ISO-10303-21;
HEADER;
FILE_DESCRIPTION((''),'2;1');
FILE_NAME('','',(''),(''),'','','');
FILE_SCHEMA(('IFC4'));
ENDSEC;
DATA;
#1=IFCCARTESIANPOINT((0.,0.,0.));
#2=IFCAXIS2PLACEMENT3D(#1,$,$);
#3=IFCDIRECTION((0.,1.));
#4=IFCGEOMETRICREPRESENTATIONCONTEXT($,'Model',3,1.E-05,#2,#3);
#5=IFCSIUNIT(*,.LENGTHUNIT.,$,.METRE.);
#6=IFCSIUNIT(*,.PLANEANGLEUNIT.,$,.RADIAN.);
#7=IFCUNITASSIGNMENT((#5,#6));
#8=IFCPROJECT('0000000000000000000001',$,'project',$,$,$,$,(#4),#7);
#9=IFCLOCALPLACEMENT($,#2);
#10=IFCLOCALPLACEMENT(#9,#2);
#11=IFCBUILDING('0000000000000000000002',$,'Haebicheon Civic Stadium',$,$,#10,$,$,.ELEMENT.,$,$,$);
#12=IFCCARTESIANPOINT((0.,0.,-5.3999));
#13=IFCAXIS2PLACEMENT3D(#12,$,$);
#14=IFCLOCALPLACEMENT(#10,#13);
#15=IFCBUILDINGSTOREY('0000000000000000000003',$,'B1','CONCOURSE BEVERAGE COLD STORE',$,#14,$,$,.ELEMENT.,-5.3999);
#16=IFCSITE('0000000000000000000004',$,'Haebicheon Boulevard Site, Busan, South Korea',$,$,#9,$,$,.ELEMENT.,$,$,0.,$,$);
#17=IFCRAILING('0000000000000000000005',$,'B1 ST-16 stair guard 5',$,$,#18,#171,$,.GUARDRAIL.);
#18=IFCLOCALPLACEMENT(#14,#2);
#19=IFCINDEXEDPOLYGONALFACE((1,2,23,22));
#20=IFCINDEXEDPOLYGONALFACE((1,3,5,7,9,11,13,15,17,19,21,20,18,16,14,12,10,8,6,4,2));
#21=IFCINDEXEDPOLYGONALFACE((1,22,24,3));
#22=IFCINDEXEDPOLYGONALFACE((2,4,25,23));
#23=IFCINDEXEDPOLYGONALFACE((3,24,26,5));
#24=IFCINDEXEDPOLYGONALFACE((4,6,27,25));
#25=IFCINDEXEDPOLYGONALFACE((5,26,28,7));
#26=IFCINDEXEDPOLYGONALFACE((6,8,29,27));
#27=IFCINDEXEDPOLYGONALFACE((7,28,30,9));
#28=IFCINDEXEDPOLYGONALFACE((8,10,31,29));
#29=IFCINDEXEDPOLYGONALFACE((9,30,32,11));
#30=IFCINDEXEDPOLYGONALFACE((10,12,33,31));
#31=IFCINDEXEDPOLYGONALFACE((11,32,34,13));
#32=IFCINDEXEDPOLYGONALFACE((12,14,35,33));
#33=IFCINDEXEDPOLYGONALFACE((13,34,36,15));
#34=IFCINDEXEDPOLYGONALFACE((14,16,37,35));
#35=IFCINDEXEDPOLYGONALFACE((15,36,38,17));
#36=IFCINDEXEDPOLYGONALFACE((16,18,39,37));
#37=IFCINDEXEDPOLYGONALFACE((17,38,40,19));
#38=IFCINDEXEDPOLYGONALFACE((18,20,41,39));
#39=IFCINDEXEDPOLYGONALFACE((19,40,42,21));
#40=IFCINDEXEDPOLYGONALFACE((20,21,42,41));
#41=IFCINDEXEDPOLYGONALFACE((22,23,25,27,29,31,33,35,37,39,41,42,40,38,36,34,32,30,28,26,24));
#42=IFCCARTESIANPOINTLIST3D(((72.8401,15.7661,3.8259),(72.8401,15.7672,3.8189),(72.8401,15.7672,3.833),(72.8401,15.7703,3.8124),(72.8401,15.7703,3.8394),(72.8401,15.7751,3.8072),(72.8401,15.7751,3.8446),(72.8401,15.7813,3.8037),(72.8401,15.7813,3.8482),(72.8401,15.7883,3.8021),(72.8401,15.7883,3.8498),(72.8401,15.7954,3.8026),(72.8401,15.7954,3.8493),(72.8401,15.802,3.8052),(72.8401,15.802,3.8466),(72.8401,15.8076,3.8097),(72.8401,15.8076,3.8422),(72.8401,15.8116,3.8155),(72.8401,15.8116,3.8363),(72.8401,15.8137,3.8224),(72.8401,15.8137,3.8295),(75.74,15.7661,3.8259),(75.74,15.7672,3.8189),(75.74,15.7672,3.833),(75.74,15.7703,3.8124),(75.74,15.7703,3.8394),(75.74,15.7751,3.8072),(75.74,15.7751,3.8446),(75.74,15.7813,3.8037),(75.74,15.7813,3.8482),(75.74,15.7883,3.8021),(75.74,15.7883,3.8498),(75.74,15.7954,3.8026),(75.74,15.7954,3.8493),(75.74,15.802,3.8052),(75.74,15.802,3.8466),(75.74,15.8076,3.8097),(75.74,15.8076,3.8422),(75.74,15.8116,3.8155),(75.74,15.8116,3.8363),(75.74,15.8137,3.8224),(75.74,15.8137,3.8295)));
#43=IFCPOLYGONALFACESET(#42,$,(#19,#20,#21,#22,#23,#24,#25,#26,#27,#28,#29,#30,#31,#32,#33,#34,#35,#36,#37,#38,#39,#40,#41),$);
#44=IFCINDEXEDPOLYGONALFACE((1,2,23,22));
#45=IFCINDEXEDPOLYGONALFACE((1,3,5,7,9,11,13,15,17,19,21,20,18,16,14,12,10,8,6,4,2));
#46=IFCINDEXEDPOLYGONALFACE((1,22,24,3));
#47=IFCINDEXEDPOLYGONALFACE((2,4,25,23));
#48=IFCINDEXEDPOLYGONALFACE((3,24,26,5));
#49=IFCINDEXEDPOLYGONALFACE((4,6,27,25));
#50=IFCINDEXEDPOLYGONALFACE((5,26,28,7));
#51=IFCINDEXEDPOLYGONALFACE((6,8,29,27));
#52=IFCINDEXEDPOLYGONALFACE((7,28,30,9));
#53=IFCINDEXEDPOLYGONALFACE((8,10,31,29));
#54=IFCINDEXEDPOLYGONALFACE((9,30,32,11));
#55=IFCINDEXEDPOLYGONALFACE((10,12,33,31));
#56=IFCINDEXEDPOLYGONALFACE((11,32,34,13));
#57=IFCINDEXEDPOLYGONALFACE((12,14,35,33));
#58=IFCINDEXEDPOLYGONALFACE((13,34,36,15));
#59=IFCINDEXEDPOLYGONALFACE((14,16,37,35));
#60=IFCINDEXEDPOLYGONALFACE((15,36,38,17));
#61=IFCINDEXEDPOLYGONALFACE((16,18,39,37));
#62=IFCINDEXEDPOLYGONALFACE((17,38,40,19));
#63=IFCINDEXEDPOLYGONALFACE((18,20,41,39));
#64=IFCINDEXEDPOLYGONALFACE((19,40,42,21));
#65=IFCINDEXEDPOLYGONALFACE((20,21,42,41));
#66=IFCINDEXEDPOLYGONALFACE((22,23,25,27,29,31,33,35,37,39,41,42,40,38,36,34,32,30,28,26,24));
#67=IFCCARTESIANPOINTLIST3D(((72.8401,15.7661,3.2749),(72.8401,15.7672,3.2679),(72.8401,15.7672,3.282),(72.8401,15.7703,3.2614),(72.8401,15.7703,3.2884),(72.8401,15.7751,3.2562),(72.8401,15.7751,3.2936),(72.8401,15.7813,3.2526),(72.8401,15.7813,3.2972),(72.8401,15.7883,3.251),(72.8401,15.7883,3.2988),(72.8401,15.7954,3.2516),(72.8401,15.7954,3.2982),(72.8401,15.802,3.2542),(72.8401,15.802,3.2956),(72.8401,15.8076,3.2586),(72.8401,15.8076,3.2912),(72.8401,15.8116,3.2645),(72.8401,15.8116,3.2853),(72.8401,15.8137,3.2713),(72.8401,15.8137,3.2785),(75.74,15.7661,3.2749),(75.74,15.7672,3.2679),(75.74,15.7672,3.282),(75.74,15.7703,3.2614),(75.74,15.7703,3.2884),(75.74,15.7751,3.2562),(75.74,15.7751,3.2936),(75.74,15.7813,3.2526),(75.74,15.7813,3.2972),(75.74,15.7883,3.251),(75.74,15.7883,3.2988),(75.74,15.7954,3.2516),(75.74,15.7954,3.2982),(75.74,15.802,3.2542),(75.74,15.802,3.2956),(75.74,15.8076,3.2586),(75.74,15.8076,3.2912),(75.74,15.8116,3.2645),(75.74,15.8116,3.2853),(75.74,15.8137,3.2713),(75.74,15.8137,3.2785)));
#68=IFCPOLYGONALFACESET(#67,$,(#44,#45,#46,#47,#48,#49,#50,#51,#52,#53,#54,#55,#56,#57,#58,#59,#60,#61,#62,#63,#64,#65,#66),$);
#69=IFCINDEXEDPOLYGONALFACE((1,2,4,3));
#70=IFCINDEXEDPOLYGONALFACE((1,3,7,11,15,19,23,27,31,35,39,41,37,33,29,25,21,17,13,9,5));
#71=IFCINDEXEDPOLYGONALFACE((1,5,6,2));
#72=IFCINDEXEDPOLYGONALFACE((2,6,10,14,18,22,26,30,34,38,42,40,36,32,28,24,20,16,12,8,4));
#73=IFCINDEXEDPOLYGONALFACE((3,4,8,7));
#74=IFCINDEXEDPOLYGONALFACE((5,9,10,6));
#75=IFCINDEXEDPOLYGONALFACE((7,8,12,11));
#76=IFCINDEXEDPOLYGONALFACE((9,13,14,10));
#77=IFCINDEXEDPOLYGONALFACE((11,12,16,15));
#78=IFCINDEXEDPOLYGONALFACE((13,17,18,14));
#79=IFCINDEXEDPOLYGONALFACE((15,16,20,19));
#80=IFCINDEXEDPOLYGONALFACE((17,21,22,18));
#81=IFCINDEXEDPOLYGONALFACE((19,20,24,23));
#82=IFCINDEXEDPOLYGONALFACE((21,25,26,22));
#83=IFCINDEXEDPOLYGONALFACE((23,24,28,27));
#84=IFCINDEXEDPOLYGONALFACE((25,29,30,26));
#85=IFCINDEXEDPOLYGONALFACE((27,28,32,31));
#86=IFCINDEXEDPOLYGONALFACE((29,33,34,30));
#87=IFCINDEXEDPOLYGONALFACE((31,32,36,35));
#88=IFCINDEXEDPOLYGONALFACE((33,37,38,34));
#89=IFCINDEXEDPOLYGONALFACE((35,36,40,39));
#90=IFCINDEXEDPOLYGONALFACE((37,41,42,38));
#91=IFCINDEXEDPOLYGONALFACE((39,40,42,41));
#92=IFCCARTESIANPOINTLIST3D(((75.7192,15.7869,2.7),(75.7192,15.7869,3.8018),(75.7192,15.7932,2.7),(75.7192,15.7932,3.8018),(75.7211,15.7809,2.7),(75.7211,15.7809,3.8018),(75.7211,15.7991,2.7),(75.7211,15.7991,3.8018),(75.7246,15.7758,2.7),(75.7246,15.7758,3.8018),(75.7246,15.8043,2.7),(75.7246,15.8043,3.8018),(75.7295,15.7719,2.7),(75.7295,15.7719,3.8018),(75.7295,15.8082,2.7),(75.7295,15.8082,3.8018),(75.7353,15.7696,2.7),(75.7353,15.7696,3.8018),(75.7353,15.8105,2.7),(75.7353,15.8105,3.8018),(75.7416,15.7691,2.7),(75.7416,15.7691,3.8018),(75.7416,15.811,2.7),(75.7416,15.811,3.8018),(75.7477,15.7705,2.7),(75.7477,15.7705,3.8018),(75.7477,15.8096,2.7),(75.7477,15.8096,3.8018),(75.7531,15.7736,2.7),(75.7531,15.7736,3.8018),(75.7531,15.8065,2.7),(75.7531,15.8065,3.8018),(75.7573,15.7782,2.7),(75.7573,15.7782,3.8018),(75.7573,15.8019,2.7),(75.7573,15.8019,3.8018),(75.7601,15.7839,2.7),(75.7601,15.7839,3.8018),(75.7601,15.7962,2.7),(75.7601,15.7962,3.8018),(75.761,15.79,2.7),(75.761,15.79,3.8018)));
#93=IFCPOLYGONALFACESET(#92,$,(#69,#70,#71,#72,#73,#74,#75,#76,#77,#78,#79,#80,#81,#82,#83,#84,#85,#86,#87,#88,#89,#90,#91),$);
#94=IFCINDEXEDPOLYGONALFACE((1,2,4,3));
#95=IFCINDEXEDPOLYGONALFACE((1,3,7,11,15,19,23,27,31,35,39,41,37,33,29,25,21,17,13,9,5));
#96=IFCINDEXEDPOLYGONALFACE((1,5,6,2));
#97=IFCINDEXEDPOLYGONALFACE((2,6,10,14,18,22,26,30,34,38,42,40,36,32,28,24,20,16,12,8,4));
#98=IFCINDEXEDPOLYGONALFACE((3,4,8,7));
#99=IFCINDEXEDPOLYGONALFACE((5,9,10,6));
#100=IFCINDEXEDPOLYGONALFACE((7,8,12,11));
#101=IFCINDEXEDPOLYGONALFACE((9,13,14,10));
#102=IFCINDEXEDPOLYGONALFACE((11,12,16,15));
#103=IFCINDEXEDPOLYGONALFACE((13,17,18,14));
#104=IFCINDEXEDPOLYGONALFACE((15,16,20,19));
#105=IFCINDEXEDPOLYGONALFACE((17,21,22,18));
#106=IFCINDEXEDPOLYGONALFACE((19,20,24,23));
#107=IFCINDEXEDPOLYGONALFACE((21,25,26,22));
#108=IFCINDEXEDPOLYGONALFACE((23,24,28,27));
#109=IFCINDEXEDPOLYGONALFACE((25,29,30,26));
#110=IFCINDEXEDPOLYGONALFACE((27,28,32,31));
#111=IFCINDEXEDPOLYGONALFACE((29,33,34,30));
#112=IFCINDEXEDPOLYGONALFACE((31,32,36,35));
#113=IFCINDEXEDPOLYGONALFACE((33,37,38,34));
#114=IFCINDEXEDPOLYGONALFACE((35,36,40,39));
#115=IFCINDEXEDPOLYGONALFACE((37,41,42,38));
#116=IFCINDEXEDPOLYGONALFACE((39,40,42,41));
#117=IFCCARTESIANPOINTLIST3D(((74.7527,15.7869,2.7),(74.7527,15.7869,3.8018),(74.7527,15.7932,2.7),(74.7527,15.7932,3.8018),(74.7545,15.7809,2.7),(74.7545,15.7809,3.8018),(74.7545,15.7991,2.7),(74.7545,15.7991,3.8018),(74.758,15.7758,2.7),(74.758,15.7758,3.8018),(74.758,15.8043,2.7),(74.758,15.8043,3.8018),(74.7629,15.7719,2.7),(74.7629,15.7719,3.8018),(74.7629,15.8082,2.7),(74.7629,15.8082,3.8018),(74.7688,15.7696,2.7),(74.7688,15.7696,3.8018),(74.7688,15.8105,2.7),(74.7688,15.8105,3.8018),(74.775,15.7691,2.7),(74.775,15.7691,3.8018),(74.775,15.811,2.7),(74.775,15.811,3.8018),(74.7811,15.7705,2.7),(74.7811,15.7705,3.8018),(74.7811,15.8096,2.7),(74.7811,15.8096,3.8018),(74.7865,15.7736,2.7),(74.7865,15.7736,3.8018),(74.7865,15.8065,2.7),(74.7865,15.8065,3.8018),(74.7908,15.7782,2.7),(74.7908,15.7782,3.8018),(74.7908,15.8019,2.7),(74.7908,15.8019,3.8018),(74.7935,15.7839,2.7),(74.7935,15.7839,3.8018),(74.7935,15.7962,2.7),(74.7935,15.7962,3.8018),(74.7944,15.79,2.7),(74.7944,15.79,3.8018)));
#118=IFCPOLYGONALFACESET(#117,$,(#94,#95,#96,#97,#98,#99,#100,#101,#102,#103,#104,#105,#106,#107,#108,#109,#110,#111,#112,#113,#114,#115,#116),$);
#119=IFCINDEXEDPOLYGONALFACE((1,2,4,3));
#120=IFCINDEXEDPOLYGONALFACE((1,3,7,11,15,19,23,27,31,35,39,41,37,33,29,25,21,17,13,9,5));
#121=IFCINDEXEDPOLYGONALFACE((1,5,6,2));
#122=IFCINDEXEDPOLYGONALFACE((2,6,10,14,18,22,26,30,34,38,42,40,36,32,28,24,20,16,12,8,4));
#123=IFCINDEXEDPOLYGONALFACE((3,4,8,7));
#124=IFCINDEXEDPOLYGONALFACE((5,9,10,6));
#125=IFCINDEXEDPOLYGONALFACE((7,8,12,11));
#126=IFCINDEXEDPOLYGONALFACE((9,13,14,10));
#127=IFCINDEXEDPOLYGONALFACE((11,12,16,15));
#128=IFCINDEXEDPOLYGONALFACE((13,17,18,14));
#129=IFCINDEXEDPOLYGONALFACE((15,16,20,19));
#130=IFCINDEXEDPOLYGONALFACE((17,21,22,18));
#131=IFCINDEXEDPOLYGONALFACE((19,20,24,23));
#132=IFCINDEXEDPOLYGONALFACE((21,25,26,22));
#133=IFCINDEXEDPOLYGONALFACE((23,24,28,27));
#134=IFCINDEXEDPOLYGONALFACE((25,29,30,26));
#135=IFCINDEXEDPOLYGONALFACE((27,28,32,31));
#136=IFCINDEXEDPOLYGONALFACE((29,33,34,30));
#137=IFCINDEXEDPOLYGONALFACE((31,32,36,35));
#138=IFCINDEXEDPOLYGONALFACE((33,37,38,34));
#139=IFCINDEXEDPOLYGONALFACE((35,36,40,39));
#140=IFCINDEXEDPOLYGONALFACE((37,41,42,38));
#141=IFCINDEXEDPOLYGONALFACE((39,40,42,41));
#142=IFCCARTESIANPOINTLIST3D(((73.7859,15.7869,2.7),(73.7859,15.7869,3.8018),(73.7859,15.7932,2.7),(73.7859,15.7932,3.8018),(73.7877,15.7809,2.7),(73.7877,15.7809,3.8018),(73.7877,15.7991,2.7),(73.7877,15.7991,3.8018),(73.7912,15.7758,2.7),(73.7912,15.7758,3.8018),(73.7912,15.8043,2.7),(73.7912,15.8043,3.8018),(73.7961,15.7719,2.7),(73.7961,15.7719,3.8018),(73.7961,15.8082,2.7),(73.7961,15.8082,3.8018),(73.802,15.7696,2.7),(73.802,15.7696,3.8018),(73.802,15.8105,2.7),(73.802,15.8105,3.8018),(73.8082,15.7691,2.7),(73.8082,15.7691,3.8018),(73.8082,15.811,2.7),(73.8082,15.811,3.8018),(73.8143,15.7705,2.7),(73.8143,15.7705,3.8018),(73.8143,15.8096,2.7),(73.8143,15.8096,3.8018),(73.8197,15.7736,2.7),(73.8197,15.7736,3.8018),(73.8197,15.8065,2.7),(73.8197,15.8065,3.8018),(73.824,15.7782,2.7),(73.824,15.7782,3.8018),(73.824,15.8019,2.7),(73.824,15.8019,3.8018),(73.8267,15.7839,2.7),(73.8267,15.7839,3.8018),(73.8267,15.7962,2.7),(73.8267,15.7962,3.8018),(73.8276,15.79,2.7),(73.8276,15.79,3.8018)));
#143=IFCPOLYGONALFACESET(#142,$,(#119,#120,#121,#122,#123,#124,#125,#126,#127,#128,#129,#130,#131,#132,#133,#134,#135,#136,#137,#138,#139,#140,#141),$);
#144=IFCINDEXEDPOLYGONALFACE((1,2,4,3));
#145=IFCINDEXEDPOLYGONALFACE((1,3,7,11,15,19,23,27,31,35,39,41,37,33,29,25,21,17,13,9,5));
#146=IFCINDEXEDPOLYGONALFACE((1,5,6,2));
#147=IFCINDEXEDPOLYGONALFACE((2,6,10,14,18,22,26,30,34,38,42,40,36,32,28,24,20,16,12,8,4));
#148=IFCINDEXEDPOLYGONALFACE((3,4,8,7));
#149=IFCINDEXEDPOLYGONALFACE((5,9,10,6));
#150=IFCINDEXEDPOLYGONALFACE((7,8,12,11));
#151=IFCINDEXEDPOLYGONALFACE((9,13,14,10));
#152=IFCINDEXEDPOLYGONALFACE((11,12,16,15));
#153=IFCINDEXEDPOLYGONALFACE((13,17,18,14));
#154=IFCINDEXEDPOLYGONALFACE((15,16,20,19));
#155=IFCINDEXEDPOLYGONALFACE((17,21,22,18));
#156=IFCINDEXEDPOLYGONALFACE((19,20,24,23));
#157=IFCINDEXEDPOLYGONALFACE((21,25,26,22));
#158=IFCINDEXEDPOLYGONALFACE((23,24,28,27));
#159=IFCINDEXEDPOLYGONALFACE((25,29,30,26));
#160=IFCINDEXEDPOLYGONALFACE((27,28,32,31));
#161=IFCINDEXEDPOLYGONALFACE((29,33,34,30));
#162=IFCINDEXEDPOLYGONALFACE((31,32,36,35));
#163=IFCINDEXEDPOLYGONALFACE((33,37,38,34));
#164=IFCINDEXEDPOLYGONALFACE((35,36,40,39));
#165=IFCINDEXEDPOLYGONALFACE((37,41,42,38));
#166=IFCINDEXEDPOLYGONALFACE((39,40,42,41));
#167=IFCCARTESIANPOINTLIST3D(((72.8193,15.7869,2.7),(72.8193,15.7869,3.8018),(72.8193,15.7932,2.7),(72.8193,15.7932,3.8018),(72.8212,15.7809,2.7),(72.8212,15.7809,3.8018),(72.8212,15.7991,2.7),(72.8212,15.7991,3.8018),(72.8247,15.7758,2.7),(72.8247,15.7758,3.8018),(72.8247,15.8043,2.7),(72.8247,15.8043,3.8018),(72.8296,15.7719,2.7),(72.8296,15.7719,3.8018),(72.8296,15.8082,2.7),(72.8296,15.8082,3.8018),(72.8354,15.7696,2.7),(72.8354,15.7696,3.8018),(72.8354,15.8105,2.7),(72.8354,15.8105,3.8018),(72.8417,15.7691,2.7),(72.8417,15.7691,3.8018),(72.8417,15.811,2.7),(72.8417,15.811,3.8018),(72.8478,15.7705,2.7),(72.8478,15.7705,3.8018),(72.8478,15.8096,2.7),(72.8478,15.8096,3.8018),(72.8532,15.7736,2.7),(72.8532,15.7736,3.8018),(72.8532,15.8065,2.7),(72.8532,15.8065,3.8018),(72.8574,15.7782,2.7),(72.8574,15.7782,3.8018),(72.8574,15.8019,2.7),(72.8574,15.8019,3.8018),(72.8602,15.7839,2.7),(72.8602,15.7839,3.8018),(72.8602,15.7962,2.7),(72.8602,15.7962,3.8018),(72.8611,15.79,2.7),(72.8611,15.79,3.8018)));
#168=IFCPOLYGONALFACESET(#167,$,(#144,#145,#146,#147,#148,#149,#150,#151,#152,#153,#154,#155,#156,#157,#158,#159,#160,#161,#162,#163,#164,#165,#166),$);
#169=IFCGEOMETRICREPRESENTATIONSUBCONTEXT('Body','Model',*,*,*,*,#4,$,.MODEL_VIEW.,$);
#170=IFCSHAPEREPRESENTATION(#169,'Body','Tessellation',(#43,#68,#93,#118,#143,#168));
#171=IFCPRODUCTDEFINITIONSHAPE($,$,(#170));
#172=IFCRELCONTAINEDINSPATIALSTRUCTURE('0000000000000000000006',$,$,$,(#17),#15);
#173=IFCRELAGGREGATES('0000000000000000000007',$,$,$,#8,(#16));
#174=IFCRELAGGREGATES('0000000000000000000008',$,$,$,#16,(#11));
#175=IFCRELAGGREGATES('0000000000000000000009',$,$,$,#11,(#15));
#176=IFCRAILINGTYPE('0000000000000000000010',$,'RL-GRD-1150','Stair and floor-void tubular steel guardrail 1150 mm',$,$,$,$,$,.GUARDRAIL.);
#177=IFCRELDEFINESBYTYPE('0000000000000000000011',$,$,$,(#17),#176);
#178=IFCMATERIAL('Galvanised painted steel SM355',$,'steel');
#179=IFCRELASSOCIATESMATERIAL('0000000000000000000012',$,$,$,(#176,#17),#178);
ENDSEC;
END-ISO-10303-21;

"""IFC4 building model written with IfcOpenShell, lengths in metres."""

from ifc_helpers import new_model, si_unit, direction, frame, origin, origin_2d, place, context, subcontext, project, spatial, circle, extrude, material, type_object, element, save


model = new_model("IFC4")

# Units and contexts
model_context = context("Model", 3, precision=1e-05, world=origin(), true_north=direction((0.0, 1.0)))
body_context = subcontext(model_context, "Body", "Model", "MODEL_VIEW")
ifc_project = project(units=[si_unit("LENGTHUNIT", "METRE"), si_unit("PLANEANGLEUNIT", "RADIAN")], contexts=[model_context])

# Site, building, storey
site_placement = place(None, origin())
site = spatial("IfcSite", under=ifc_project, at=site_placement, Name="Haebicheon Boulevard Site, Busan, South Korea", CompositionType="ELEMENT", RefElevation=0.0)
building_placement = place(site_placement, origin())
building = spatial("IfcBuilding", under=site, at=building_placement, Name="Haebicheon Civic Stadium", CompositionType="ELEMENT")
storey_placement = place(building_placement, frame((0.0, 0.0, -5.3999)))
storey = spatial("IfcBuildingStorey", under=building, at=storey_placement, Name="B1", Description="CONCOURSE BEVERAGE COLD STORE", CompositionType="ELEMENT", Elevation=-5.3999)

# Railing
ifc_material_1 = material(Name="Galvanised painted steel SM355", Category="steel")
railing_type_1 = type_object("IfcRailingType", Name="RL-GRD-1150", Description="Stair and floor-void tubular steel guardrail 1150 mm", PredefinedType="GUARDRAIL", material=ifc_material_1)
railing_1_placement = place(storey_placement, frame((75.74, 15.79, 2.7)))
element("IfcRailing", 1, at=railing_1_placement, inside=storey, type_object=railing_type_1, material=ifc_material_1, Name="B1 ST-16 stair guard 5", PredefinedType="GUARDRAIL", context=body_context, shape_type="SweptSolid", body=[
    extrude(circle(Radius=0.0239, at=origin_2d()), frame((0.0, 0.0, 1.126), z_axis=(-1.0, 0.0, 0.0), x_axis=(0.0, -1.0, 0.0)), (0.0, 0.0, 1.0), 2.8999),
    extrude(circle(Radius=0.0239, at=origin_2d()), frame((0.0, 0.0, 0.575), z_axis=(-1.0, 0.0, 0.0), x_axis=(0.0, -1.0, 0.0)), (0.0, 0.0, 1.0), 2.8999),
    extrude(circle(Radius=0.021, at=origin_2d()), origin(), (0.0, 0.0, 1.0), 1.1018),
    extrude(circle(Radius=0.021, at=origin_2d()), frame((-0.9666, 0.0, 0.0)), (0.0, 0.0, 1.0), 1.1018),
    extrude(circle(Radius=0.021, at=origin_2d()), frame((-1.9333, 0.0, 0.0)), (0.0, 0.0, 1.0), 1.1018),
    extrude(circle(Radius=0.021, at=origin_2d()), frame((-2.8999, 0.0, 0.0)), (0.0, 0.0, 1.0), 1.1018),
])

save(model, "model.ifc")
